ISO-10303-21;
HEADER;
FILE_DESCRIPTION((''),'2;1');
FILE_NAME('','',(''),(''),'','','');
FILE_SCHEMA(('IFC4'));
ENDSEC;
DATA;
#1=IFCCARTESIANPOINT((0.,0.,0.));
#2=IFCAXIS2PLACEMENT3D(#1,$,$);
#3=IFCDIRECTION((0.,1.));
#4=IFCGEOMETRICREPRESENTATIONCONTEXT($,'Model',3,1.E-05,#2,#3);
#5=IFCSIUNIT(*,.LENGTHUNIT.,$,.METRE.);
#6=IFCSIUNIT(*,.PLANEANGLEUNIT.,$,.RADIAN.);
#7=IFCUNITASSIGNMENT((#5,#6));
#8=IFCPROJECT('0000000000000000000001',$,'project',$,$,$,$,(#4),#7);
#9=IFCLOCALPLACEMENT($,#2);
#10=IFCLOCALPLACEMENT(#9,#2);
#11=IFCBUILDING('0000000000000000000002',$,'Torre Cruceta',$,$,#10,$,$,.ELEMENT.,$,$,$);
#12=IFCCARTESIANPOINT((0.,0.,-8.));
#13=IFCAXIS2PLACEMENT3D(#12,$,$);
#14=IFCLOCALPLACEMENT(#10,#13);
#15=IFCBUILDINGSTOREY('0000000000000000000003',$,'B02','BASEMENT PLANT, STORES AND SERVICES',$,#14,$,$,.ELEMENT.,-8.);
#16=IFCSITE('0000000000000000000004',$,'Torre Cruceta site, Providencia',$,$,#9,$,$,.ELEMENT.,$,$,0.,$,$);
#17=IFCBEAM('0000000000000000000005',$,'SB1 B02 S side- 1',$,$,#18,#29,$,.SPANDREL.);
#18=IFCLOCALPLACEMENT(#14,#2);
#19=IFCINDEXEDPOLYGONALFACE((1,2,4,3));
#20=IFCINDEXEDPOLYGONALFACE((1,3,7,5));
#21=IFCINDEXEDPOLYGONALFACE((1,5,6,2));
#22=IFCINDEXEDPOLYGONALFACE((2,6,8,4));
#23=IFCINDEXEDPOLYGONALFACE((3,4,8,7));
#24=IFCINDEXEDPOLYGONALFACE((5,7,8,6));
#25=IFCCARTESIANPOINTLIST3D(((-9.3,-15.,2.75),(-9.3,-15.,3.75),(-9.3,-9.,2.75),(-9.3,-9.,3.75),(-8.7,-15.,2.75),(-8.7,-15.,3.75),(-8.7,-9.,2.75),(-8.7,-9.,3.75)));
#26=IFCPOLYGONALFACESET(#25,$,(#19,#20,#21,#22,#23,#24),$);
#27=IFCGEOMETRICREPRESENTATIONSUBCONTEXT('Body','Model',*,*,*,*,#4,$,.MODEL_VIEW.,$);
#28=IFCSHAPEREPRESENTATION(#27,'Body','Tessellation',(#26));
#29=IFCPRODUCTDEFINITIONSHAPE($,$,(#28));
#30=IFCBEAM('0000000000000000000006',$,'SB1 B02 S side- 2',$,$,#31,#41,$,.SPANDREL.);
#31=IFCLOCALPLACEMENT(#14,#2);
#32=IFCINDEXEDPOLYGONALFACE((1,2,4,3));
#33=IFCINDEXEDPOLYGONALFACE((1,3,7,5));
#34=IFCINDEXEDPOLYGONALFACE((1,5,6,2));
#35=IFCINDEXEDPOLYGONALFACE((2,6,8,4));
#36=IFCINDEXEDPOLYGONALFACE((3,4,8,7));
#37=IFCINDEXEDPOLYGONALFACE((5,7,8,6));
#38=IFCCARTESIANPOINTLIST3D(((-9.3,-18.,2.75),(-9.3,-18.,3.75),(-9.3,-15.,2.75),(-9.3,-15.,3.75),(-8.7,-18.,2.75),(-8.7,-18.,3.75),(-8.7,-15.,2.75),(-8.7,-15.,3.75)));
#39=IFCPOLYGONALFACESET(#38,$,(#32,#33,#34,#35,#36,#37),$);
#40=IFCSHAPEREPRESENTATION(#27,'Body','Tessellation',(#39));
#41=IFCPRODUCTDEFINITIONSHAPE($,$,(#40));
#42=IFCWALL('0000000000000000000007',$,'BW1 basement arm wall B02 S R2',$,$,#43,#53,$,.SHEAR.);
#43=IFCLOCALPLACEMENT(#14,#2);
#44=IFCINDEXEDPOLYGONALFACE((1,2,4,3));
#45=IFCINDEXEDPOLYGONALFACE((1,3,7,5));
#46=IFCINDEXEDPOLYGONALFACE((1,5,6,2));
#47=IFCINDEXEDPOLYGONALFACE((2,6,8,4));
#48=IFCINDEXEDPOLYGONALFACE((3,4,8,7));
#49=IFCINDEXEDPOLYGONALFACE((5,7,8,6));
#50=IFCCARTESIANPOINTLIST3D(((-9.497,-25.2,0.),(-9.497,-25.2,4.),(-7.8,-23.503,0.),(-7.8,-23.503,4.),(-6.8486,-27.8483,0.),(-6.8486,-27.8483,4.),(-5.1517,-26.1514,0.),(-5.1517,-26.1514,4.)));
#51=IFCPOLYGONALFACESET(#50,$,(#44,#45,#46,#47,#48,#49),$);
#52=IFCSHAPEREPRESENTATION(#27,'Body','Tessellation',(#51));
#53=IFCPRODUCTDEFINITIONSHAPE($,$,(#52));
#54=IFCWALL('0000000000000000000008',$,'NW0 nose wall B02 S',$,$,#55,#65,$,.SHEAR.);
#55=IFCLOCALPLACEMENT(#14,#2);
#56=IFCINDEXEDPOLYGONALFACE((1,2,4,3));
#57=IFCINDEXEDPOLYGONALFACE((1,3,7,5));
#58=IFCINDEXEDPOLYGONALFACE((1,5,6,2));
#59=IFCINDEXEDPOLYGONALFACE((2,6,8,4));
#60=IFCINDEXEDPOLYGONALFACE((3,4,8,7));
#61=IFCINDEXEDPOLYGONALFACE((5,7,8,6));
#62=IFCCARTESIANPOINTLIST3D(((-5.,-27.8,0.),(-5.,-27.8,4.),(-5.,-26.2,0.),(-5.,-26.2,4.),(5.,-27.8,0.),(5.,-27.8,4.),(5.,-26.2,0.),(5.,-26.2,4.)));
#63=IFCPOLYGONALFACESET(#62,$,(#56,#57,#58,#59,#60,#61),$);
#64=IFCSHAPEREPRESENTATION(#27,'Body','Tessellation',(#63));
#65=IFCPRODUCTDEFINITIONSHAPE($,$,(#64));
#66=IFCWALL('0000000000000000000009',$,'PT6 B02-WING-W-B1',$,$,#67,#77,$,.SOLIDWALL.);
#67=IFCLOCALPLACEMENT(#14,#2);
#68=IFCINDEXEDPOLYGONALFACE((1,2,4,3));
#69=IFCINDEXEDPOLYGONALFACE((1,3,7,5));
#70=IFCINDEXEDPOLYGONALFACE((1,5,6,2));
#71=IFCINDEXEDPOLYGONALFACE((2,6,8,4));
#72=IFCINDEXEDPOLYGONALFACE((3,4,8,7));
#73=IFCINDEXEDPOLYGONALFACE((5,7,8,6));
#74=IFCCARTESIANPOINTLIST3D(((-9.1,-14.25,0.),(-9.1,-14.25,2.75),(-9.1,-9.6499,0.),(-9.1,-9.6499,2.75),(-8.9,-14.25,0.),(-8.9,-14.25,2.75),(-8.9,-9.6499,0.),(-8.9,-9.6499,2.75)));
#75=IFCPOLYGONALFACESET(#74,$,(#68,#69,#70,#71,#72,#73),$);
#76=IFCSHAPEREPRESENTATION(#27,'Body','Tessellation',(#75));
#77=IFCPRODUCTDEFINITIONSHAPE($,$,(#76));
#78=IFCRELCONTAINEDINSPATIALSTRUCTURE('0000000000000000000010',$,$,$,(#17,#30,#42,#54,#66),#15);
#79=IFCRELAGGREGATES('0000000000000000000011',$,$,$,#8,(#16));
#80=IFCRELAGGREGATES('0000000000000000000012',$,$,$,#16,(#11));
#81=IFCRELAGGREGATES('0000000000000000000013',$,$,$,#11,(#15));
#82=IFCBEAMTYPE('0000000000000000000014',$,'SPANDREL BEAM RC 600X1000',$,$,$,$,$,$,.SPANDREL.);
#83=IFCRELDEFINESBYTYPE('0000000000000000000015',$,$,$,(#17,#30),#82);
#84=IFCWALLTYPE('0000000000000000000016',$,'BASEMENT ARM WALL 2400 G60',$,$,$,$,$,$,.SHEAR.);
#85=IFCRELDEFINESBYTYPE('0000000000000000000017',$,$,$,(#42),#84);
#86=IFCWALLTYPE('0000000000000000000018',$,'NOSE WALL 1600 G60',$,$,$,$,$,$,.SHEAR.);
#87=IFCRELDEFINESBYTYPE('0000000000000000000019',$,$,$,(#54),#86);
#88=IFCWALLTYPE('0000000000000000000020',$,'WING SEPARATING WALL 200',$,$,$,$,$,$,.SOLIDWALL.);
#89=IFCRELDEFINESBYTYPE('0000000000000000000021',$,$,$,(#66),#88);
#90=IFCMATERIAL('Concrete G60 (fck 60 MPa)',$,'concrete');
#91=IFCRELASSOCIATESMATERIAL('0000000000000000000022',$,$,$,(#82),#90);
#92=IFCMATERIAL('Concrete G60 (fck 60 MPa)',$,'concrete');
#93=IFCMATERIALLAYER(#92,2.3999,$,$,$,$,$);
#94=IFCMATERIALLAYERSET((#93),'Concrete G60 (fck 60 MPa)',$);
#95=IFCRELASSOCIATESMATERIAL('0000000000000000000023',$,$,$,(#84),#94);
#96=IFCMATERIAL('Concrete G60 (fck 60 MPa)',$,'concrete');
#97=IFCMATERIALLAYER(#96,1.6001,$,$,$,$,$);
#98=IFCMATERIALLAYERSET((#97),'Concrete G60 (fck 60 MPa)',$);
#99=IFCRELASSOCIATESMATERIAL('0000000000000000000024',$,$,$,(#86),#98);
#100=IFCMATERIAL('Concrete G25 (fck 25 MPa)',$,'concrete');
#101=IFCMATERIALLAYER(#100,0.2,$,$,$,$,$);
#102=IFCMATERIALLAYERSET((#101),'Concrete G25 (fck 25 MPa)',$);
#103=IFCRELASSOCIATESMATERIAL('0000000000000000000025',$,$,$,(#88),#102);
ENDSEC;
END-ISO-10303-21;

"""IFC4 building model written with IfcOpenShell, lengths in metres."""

from ifc_helpers import new_model, si_unit, direction, frame, frame_2d, origin, origin_2d, place, context, subcontext, project, spatial, rectangle, extrude, material, layer, layer_set, material_profile, profile_set, type_object, element, save


model = new_model("IFC4")

# Units and contexts
model_context = context("Model", 3, precision=1e-05, world=origin(), true_north=direction((0.0, 1.0)))
body_context = subcontext(model_context, "Body", "Model", "MODEL_VIEW")
ifc_project = project(units=[si_unit("LENGTHUNIT", "METRE"), si_unit("PLANEANGLEUNIT", "RADIAN")], contexts=[model_context])

# Site, building, storey
site_placement = place(None, origin())
site = spatial("IfcSite", under=ifc_project, at=site_placement, Name="Torre Cruceta site, Providencia", CompositionType="ELEMENT", RefElevation=0.0)
building_placement = place(site_placement, origin())
building = spatial("IfcBuilding", under=site, at=building_placement, Name="Torre Cruceta", CompositionType="ELEMENT")
storey_placement = place(building_placement, frame((0.0, 0.0, -8.0)))
storey = spatial("IfcBuildingStorey", under=building, at=storey_placement, Name="B02", Description="BASEMENT PLANT, STORES AND SERVICES", CompositionType="ELEMENT", Elevation=-8.0)

# Beams
ifc_material_1 = material(Name="Concrete G60 (fck 60 MPa)", Category="concrete")
ifc_material_profile_1 = material_profile(ifc_material_1, rectangle(XDim=0.6001, YDim=1.0, at=origin_2d()), Name="RC 600X1000")
ifc_profile_set_1 = profile_set([ifc_material_profile_1], Name="Concrete G60 (fck 60 MPa)")
beam_type_1 = type_object("IfcBeamType", Name="SPANDREL BEAM RC 600X1000", PredefinedType="SPANDREL", material=ifc_profile_set_1)
beam_1_placement = place(storey_placement, frame((-9.0, -9.0, 3.25), z_axis=(0.0, -1.0, 0.0), x_axis=(1.0, 0.0, 0.0)))
element("IfcBeam", 1, at=beam_1_placement, inside=storey, type_object=beam_type_1, Name="SB1 B02 S side- 1", PredefinedType="SPANDREL", context=body_context, shape_type="SweptSolid", body=[
    extrude(rectangle(XDim=0.6001, YDim=1.0, at=origin_2d()), origin(), (0.0, 0.0, 1.0), 6.0),
])
beam_2_placement = place(storey_placement, frame((-9.0, -15.0, 3.25), z_axis=(0.0, -1.0, 0.0), x_axis=(1.0, 0.0, 0.0)))
element("IfcBeam", 2, at=beam_2_placement, inside=storey, type_object=beam_type_1, Name="SB1 B02 S side- 2", PredefinedType="SPANDREL", context=body_context, shape_type="SweptSolid", body=[
    extrude(rectangle(XDim=0.6001, YDim=1.0, at=origin_2d()), origin(), (0.0, 0.0, 1.0), 3.0),
])

# Wall
ifc_material_2 = material(Name="Concrete G60 (fck 60 MPa)", Category="concrete")
ifc_layer_1 = layer(ifc_material_2, 2.3999)
ifc_layer_set_1 = layer_set([ifc_layer_1], Name="Concrete G60 (fck 60 MPa)")
wall_type_1 = type_object("IfcWallType", Name="BASEMENT ARM WALL 2400 G60", PredefinedType="SHEAR", material=ifc_layer_set_1)
wall_1_placement = place(storey_placement, frame((-8.6484, -24.3516, 0.0), z_axis=(0.0, 0.0, 1.0), x_axis=(0.707107, -0.707107, 0.0)))
element("IfcWall", 3, at=wall_1_placement, inside=storey, type_object=wall_type_1, Name="BW1 basement arm wall B02 S R2", PredefinedType="SHEAR", context=body_context, shape_type="SweptSolid", body=[
    extrude(rectangle(XDim=3.7454, YDim=2.3999, at=frame_2d((1.8726, 0.0))), origin(), (0.0, 0.0, 1.0), 4.0),
])

# Walls
ifc_material_3 = material(Name="Concrete G60 (fck 60 MPa)", Category="concrete")
ifc_layer_2 = layer(ifc_material_3, 1.6001)
ifc_layer_set_2 = layer_set([ifc_layer_2], Name="Concrete G60 (fck 60 MPa)")
wall_type_2 = type_object("IfcWallType", Name="NOSE WALL 1600 G60", PredefinedType="SHEAR", material=ifc_layer_set_2)
wall_2_placement = place(storey_placement, frame((-5.0, -27.0, 0.0), z_axis=(0.0, 0.0, 1.0), x_axis=(1.0, 0.0, 0.0)))
element("IfcWall", 4, at=wall_2_placement, inside=storey, type_object=wall_type_2, Name="NW0 nose wall B02 S", PredefinedType="SHEAR", context=body_context, shape_type="SweptSolid", body=[
    extrude(rectangle(XDim=10.0, YDim=1.6001, at=frame_2d((5.0, 0.0))), origin(), (0.0, 0.0, 1.0), 4.0),
])
ifc_material_4 = material(Name="Concrete G25 (fck 25 MPa)", Category="concrete")
ifc_layer_3 = layer(ifc_material_4, 0.2)
ifc_layer_set_3 = layer_set([ifc_layer_3], Name="Concrete G25 (fck 25 MPa)")
wall_type_3 = type_object("IfcWallType", Name="WING SEPARATING WALL 200", PredefinedType="SOLIDWALL", material=ifc_layer_set_3)
wall_3_placement = place(storey_placement, frame((-9.0, -14.25, 0.0), z_axis=(0.0, 0.0, 1.0), x_axis=(0.0, 1.0, 0.0)))
element("IfcWall", 5, at=wall_3_placement, inside=storey, type_object=wall_type_3, Name="PT6 B02-WING-W-B1", PredefinedType="SOLIDWALL", context=body_context, shape_type="SweptSolid", body=[
    extrude(rectangle(XDim=4.6001, YDim=0.2, at=frame_2d((2.3, 0.0))), origin(), (0.0, 0.0, 1.0), 2.75),
])

save(model, "model.ifc")
